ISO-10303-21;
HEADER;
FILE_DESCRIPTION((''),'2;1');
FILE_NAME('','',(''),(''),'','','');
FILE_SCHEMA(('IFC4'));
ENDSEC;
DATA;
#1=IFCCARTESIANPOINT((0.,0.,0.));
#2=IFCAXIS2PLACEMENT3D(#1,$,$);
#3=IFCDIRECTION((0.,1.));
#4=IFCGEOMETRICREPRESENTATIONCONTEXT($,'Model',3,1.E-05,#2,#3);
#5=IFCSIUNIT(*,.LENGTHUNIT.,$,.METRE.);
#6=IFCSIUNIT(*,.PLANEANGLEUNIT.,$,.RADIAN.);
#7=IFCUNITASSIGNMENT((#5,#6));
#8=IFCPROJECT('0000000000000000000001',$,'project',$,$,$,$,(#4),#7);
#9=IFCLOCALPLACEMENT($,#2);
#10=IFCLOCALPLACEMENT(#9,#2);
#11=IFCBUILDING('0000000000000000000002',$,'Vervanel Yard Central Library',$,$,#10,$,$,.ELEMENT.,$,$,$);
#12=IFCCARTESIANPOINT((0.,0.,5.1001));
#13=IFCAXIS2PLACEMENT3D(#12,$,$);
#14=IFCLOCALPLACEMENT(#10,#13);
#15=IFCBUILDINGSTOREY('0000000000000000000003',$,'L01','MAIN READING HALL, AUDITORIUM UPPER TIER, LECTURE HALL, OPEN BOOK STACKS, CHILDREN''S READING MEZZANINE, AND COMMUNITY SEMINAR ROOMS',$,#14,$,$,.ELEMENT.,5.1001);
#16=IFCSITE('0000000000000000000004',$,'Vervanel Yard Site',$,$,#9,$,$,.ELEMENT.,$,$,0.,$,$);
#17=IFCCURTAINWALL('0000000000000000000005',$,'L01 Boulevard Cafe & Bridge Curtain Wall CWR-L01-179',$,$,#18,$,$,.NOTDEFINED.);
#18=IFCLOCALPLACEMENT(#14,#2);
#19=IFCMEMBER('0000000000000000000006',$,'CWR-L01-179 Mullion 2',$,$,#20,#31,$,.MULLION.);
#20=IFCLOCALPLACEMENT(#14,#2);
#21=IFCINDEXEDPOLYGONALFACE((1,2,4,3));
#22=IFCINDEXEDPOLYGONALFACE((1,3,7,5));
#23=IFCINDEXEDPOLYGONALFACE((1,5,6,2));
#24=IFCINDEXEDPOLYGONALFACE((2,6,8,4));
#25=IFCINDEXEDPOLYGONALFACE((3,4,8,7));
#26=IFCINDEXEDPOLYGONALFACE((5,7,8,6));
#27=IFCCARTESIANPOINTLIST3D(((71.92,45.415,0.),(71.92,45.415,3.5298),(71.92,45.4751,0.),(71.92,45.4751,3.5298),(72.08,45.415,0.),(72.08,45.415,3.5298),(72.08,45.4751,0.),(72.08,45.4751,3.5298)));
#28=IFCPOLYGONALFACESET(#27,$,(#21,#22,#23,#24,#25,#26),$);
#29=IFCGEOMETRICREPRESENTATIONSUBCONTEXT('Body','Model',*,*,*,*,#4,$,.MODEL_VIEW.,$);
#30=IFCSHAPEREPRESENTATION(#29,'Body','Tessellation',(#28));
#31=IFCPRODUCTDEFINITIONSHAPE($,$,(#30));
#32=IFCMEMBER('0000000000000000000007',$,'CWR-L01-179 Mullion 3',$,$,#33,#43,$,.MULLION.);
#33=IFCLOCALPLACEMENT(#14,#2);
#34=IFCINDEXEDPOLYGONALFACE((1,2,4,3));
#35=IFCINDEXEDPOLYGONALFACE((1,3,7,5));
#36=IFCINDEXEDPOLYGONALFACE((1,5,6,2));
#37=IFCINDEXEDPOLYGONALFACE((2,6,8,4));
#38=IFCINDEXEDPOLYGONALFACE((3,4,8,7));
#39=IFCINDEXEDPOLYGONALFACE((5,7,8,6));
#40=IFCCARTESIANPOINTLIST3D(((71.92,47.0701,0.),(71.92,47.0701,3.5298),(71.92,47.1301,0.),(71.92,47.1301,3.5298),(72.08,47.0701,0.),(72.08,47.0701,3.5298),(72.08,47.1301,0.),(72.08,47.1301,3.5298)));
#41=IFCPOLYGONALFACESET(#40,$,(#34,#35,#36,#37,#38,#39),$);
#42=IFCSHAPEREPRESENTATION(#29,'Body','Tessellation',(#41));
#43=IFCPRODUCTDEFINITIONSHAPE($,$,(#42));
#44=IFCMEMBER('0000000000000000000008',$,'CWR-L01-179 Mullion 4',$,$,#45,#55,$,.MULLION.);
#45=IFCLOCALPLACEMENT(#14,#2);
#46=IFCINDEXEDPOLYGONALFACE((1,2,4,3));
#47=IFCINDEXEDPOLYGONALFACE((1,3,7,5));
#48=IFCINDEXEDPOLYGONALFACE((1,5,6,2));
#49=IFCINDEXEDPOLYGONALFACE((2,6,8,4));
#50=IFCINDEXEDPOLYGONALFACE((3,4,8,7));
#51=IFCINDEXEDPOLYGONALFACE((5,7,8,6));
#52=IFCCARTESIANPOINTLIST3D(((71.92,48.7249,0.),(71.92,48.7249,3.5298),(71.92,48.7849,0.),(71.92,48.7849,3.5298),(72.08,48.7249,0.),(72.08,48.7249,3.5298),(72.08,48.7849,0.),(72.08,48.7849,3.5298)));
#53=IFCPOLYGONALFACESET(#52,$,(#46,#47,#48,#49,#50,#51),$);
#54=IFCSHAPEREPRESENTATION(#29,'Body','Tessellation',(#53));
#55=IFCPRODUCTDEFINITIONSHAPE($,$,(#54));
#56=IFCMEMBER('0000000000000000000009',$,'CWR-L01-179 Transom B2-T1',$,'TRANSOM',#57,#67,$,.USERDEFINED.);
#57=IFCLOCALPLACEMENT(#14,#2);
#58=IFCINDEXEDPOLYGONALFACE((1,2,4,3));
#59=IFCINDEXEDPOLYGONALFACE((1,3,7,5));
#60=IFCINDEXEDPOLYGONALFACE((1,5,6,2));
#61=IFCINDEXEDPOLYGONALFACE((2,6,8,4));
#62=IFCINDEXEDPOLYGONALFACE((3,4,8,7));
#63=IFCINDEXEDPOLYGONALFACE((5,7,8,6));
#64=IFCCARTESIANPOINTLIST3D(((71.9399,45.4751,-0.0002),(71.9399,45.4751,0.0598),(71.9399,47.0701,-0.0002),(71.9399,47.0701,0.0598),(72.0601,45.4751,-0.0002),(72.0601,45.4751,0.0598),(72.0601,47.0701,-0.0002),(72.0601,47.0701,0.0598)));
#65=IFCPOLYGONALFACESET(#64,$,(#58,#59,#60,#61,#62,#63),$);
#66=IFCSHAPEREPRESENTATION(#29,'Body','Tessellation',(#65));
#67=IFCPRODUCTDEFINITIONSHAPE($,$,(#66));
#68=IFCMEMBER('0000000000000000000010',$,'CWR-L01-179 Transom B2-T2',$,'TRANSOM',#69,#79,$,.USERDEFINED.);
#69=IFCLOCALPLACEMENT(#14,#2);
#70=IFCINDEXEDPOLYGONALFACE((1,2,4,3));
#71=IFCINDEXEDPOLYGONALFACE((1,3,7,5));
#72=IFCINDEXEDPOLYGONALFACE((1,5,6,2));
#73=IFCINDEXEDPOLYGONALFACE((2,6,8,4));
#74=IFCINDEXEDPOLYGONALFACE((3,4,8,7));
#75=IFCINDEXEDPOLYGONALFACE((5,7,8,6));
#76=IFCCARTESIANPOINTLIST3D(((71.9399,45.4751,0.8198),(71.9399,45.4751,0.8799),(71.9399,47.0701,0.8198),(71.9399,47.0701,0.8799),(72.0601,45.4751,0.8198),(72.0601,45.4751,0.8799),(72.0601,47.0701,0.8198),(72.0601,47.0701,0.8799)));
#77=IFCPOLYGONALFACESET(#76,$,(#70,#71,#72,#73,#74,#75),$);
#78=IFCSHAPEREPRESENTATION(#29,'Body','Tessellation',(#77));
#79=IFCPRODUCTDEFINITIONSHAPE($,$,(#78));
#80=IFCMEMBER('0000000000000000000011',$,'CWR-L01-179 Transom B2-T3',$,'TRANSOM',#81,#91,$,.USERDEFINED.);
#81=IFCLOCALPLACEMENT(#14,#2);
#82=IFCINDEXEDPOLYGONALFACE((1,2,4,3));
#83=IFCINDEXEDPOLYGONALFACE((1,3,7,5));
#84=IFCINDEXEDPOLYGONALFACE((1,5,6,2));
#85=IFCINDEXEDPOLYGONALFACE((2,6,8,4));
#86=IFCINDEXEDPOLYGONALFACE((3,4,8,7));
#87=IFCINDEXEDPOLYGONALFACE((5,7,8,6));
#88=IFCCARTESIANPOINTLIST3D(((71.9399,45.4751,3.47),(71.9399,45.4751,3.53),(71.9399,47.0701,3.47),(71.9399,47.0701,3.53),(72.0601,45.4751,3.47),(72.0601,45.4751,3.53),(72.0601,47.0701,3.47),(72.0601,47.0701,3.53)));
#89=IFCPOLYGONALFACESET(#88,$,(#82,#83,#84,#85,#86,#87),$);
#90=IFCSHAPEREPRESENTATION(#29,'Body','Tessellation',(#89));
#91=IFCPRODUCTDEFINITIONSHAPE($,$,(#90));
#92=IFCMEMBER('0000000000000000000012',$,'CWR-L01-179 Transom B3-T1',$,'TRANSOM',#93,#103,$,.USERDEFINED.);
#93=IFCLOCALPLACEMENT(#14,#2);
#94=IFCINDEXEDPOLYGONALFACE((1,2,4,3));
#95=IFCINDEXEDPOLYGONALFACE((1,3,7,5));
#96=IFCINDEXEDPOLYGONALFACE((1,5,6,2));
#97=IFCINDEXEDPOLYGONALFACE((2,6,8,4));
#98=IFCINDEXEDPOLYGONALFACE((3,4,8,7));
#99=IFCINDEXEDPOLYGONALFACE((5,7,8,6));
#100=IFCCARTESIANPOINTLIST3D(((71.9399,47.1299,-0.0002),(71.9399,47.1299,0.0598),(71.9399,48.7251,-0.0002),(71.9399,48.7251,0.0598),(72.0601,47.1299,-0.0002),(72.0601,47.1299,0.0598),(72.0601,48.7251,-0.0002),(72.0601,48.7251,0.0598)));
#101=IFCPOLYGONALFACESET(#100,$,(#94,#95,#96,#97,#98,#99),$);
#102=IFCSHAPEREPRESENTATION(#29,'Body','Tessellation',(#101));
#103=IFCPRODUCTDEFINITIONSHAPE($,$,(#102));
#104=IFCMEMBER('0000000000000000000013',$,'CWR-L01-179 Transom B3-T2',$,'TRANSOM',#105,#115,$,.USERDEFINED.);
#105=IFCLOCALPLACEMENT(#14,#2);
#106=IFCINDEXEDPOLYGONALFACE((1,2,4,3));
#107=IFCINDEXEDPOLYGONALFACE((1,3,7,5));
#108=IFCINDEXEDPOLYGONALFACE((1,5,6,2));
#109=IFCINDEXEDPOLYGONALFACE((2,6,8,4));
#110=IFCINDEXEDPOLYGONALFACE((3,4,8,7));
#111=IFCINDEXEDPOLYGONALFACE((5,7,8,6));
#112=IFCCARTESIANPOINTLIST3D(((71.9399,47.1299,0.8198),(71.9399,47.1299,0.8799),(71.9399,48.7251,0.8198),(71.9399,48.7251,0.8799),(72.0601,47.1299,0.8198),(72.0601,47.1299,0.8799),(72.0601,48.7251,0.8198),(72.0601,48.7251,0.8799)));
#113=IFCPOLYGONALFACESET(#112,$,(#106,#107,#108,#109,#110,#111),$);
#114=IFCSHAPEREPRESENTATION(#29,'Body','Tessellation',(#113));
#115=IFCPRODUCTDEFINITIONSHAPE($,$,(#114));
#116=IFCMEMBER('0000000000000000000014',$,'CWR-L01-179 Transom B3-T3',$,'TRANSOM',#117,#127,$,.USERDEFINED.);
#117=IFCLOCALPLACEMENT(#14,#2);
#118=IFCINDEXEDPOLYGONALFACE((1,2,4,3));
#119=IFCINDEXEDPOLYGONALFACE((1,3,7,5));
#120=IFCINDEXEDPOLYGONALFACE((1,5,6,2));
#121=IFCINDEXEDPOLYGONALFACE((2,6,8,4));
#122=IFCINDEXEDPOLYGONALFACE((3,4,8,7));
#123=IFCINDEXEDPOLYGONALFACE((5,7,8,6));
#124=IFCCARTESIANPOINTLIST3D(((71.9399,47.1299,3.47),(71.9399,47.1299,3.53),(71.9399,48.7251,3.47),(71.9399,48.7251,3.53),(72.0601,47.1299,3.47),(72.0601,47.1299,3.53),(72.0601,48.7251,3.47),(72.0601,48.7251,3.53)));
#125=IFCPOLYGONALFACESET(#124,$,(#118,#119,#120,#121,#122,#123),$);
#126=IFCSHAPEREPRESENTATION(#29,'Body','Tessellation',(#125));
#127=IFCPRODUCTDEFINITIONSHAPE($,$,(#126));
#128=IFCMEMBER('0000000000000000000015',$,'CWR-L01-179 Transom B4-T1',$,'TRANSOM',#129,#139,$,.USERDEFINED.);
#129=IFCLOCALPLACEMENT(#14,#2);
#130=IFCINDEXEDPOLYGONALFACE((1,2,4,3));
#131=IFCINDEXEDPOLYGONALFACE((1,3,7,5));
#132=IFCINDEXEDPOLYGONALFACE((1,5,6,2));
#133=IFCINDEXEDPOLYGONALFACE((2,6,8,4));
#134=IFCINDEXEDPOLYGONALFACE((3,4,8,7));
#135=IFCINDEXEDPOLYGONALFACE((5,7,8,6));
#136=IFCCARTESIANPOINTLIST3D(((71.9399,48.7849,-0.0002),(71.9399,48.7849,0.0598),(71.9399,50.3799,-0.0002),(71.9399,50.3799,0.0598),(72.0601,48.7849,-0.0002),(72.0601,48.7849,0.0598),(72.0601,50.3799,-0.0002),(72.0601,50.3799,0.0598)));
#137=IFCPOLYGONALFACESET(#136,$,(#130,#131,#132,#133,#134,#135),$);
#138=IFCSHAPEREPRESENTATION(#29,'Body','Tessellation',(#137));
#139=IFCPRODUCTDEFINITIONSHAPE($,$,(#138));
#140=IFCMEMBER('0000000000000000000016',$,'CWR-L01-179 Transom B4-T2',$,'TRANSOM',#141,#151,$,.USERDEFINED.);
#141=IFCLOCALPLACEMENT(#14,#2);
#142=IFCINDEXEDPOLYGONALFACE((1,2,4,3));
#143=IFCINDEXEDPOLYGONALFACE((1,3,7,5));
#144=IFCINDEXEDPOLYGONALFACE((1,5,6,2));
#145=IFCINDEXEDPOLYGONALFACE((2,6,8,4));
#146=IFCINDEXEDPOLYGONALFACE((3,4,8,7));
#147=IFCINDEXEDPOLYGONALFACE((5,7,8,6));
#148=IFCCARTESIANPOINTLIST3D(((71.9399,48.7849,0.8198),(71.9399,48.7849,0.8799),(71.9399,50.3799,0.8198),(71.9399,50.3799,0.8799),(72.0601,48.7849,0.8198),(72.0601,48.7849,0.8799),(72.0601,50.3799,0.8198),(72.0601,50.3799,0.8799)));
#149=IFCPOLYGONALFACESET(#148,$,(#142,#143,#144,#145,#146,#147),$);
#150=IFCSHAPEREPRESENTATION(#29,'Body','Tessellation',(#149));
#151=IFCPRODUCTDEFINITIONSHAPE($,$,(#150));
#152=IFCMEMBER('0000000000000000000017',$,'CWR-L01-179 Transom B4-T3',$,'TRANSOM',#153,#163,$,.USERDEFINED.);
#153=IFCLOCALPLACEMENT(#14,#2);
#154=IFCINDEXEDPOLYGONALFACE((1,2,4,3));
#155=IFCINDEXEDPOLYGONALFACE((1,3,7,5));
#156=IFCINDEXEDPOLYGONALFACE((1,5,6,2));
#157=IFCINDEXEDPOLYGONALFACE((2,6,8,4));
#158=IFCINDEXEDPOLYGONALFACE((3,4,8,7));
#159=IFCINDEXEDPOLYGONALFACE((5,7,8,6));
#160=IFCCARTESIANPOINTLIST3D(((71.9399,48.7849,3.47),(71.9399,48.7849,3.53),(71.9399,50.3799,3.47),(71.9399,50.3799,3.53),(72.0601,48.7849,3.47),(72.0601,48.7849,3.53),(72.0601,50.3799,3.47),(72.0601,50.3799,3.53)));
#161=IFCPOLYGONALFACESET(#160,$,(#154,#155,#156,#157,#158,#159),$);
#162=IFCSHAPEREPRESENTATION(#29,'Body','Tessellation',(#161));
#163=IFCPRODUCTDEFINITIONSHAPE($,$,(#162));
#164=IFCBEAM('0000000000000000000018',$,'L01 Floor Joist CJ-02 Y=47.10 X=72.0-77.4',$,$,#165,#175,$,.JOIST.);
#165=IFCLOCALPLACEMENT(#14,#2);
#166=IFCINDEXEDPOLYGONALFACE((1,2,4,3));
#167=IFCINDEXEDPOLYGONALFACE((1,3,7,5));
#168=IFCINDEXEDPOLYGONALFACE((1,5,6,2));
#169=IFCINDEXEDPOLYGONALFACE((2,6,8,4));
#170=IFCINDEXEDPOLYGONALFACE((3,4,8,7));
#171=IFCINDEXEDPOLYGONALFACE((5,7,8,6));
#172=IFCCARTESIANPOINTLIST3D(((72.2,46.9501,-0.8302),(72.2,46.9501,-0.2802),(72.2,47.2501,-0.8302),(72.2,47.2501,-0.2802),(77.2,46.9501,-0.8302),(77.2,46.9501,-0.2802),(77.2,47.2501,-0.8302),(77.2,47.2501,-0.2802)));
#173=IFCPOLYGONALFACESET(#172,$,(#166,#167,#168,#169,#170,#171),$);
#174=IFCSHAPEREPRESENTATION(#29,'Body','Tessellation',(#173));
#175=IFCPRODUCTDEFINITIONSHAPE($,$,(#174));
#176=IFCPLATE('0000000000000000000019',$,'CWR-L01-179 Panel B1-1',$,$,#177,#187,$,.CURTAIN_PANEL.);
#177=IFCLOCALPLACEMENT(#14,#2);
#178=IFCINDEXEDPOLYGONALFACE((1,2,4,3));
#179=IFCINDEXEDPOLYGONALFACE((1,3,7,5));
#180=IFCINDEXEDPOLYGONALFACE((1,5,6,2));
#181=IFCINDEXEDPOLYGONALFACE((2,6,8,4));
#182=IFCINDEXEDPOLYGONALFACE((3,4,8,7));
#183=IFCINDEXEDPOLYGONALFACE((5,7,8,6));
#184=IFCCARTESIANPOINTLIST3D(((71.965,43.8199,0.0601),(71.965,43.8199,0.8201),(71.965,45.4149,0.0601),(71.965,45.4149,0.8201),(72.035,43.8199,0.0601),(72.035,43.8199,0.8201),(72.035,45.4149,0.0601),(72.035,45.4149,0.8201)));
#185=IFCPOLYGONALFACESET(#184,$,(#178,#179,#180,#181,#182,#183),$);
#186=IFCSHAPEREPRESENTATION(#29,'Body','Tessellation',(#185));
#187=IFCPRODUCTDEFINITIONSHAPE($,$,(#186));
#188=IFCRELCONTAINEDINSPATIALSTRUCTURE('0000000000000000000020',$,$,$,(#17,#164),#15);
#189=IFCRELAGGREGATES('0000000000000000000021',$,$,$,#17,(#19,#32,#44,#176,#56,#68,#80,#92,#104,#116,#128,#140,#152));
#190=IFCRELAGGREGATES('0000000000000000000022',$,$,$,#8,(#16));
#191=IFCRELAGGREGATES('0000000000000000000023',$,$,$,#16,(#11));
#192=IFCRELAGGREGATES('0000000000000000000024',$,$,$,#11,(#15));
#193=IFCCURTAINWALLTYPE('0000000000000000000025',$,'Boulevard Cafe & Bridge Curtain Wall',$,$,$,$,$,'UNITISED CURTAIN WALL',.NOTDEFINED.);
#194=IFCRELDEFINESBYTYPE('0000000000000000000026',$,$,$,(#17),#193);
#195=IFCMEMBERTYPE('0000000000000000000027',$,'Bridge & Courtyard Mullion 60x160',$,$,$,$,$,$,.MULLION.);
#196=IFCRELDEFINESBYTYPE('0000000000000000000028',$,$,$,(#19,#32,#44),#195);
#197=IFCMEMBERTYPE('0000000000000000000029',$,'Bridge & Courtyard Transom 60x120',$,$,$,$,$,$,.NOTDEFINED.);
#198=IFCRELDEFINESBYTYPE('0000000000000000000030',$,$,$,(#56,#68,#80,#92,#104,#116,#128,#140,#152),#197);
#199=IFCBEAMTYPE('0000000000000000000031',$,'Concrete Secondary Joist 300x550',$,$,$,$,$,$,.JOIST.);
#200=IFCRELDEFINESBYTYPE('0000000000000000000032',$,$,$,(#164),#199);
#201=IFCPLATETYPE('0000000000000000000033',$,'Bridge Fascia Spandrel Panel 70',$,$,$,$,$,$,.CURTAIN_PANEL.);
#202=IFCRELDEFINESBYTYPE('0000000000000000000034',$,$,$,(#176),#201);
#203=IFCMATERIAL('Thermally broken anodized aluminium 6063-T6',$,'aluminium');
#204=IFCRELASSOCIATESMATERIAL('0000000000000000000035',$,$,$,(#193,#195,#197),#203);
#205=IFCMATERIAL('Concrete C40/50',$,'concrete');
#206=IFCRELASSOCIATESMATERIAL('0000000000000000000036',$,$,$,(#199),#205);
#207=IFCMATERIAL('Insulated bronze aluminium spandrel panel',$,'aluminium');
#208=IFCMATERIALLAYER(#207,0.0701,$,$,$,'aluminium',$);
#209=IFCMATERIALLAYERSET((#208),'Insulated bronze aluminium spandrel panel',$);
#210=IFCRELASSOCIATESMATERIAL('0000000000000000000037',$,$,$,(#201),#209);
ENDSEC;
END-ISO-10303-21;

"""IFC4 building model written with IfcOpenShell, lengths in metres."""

from ifc_helpers import new_model, si_unit, direction, frame, origin, origin_2d, place, context, subcontext, project, spatial, rectangle, extrude, material, layer, layer_set, material_profile, profile_set, type_object, element, aggregate, save


model = new_model("IFC4")

# Units and contexts
model_context = context("Model", 3, precision=1e-05, world=origin(), true_north=direction((0.0, 1.0)))
body_context = subcontext(model_context, "Body", "Model", "MODEL_VIEW")
ifc_project = project(units=[si_unit("LENGTHUNIT", "METRE"), si_unit("PLANEANGLEUNIT", "RADIAN")], contexts=[model_context])

# Site, building, storey
site_placement = place(None, origin())
site = spatial("IfcSite", under=ifc_project, at=site_placement, Name="Vervanel Yard Site", CompositionType="ELEMENT", RefElevation=0.0)
building_placement = place(site_placement, origin())
building = spatial("IfcBuilding", under=site, at=building_placement, Name="Vervanel Yard Central Library", CompositionType="ELEMENT")
storey_placement = place(building_placement, frame((0.0, 0.0, 5.1001)))
storey = spatial("IfcBuildingStorey", under=building, at=storey_placement, Name="L01", Description="MAIN READING HALL, AUDITORIUM UPPER TIER, LECTURE HALL, OPEN BOOK STACKS, CHILDREN'S READING MEZZANINE, AND COMMUNITY SEMINAR ROOMS", CompositionType="ELEMENT", Elevation=5.1001)

# Curtain wall, members
ifc_material_1 = material(Name="Thermally broken anodized aluminium 6063-T6", Category="aluminium")
curtain_wall_type = type_object("IfcCurtainWallType", Name="Boulevard Cafe & Bridge Curtain Wall", ElementType="UNITISED CURTAIN WALL", PredefinedType="NOTDEFINED", material=ifc_material_1)
curtain_wall_placement = place(storey_placement, origin())
curtain_wall = element("IfcCurtainWall", 1, at=curtain_wall_placement, inside=storey, type_object=curtain_wall_type, Name="L01 Boulevard Cafe & Bridge Curtain Wall CWR-L01-179", PredefinedType="NOTDEFINED")
ifc_material_profile_1 = material_profile(ifc_material_1, rectangle(XDim=0.0601, YDim=0.1599, at=origin_2d()), Name="ALU 60x160", Category="aluminium")
ifc_profile_set_1 = profile_set([ifc_material_profile_1], Name="Thermally broken anodized aluminium 6063-T6")
member_type_1 = type_object("IfcMemberType", Name="Bridge & Courtyard Mullion 60x160", PredefinedType="MULLION", material=ifc_profile_set_1)
member_1_placement = place(storey_placement, frame((72.0, 45.4451, 0.0), z_axis=(0.0, 0.0, 1.0), x_axis=(0.0, 1.0, 0.0)))
member_1 = element("IfcMember", 2, at=member_1_placement, type_object=member_type_1, Name="CWR-L01-179 Mullion 2", PredefinedType="MULLION", context=body_context, shape_type="SweptSolid", body=[
    extrude(rectangle(XDim=0.0601, YDim=0.1599, at=origin_2d()), origin(), (0.0, 0.0, 1.0), 3.5298),
])
member_2_placement = place(storey_placement, frame((72.0, 47.1001, 0.0), z_axis=(0.0, 0.0, 1.0), x_axis=(0.0, 1.0, 0.0)))
member_2 = element("IfcMember", 3, at=member_2_placement, type_object=member_type_1, Name="CWR-L01-179 Mullion 3", PredefinedType="MULLION", context=body_context, shape_type="SweptSolid", body=[
    extrude(rectangle(XDim=0.0601, YDim=0.1599, at=origin_2d()), origin(), (0.0, 0.0, 1.0), 3.5298),
])
member_3_placement = place(storey_placement, frame((72.0, 48.7549, 0.0), z_axis=(0.0, 0.0, 1.0), x_axis=(0.0, 1.0, 0.0)))
member_3 = element("IfcMember", 4, at=member_3_placement, type_object=member_type_1, Name="CWR-L01-179 Mullion 4", PredefinedType="MULLION", context=body_context, shape_type="SweptSolid", body=[
    extrude(rectangle(XDim=0.0601, YDim=0.1599, at=origin_2d()), origin(), (0.0, 0.0, 1.0), 3.5298),
])
ifc_material_profile_2 = material_profile(ifc_material_1, rectangle(XDim=0.0601, YDim=0.1201, at=origin_2d()), Name="ALU 60x120", Category="aluminium")
ifc_profile_set_2 = profile_set([ifc_material_profile_2], Name="Thermally broken anodized aluminium 6063-T6")
member_type_2 = type_object("IfcMemberType", Name="Bridge & Courtyard Transom 60x120", PredefinedType="NOTDEFINED", material=ifc_profile_set_2)
member_4_placement = place(storey_placement, frame((72.0, 45.4751, 0.0298), z_axis=(0.0, 1.0, 0.0), x_axis=(0.0, 0.0, 1.0)))
member_4 = element("IfcMember", 5, at=member_4_placement, type_object=member_type_2, Name="CWR-L01-179 Transom B2-T1", ObjectType="TRANSOM", PredefinedType="USERDEFINED", context=body_context, shape_type="SweptSolid", body=[
    extrude(rectangle(XDim=0.0601, YDim=0.1201, at=origin_2d()), origin(), (0.0, 0.0, 1.0), 1.595),
])
member_5_placement = place(storey_placement, frame((72.0, 45.4751, 0.8499), z_axis=(0.0, 1.0, 0.0), x_axis=(0.0, 0.0, 1.0)))
member_5 = element("IfcMember", 6, at=member_5_placement, type_object=member_type_2, Name="CWR-L01-179 Transom B2-T2", ObjectType="TRANSOM", PredefinedType="USERDEFINED", context=body_context, shape_type="SweptSolid", body=[
    extrude(rectangle(XDim=0.0601, YDim=0.1201, at=origin_2d()), origin(), (0.0, 0.0, 1.0), 1.595),
])
member_6_placement = place(storey_placement, frame((72.0, 45.4751, 3.5), z_axis=(0.0, 1.0, 0.0), x_axis=(0.0, 0.0, 1.0)))
member_6 = element("IfcMember", 7, at=member_6_placement, type_object=member_type_2, Name="CWR-L01-179 Transom B2-T3", ObjectType="TRANSOM", PredefinedType="USERDEFINED", context=body_context, shape_type="SweptSolid", body=[
    extrude(rectangle(XDim=0.0601, YDim=0.1201, at=origin_2d()), origin(), (0.0, 0.0, 1.0), 1.595),
])
member_7_placement = place(storey_placement, frame((72.0, 47.1299, 0.0298), z_axis=(0.0, 1.0, 0.0), x_axis=(0.0, 0.0, 1.0)))
member_7 = element("IfcMember", 8, at=member_7_placement, type_object=member_type_2, Name="CWR-L01-179 Transom B3-T1", ObjectType="TRANSOM", PredefinedType="USERDEFINED", context=body_context, shape_type="SweptSolid", body=[
    extrude(rectangle(XDim=0.0601, YDim=0.1201, at=origin_2d()), origin(), (0.0, 0.0, 1.0), 1.5952),
])
member_8_placement = place(storey_placement, frame((72.0, 47.1299, 0.8499), z_axis=(0.0, 1.0, 0.0), x_axis=(0.0, 0.0, 1.0)))
member_8 = element("IfcMember", 9, at=member_8_placement, type_object=member_type_2, Name="CWR-L01-179 Transom B3-T2", ObjectType="TRANSOM", PredefinedType="USERDEFINED", context=body_context, shape_type="SweptSolid", body=[
    extrude(rectangle(XDim=0.0601, YDim=0.1201, at=origin_2d()), origin(), (0.0, 0.0, 1.0), 1.5952),
])
member_9_placement = place(storey_placement, frame((72.0, 47.1299, 3.5), z_axis=(0.0, 1.0, 0.0), x_axis=(0.0, 0.0, 1.0)))
member_9 = element("IfcMember", 10, at=member_9_placement, type_object=member_type_2, Name="CWR-L01-179 Transom B3-T3", ObjectType="TRANSOM", PredefinedType="USERDEFINED", context=body_context, shape_type="SweptSolid", body=[
    extrude(rectangle(XDim=0.0601, YDim=0.1201, at=origin_2d()), origin(), (0.0, 0.0, 1.0), 1.5952),
])
member_10_placement = place(storey_placement, frame((72.0, 48.7849, 0.0298), z_axis=(0.0, 1.0, 0.0), x_axis=(0.0, 0.0, 1.0)))
member_10 = element("IfcMember", 11, at=member_10_placement, type_object=member_type_2, Name="CWR-L01-179 Transom B4-T1", ObjectType="TRANSOM", PredefinedType="USERDEFINED", context=body_context, shape_type="SweptSolid", body=[
    extrude(rectangle(XDim=0.0601, YDim=0.1201, at=origin_2d()), origin(), (0.0, 0.0, 1.0), 1.595),
])
member_11_placement = place(storey_placement, frame((72.0, 48.7849, 0.8499), z_axis=(0.0, 1.0, 0.0), x_axis=(0.0, 0.0, 1.0)))
member_11 = element("IfcMember", 12, at=member_11_placement, type_object=member_type_2, Name="CWR-L01-179 Transom B4-T2", ObjectType="TRANSOM", PredefinedType="USERDEFINED", context=body_context, shape_type="SweptSolid", body=[
    extrude(rectangle(XDim=0.0601, YDim=0.1201, at=origin_2d()), origin(), (0.0, 0.0, 1.0), 1.595),
])
member_12_placement = place(storey_placement, frame((72.0, 48.7849, 3.5), z_axis=(0.0, 1.0, 0.0), x_axis=(0.0, 0.0, 1.0)))
member_12 = element("IfcMember", 13, at=member_12_placement, type_object=member_type_2, Name="CWR-L01-179 Transom B4-T3", ObjectType="TRANSOM", PredefinedType="USERDEFINED", context=body_context, shape_type="SweptSolid", body=[
    extrude(rectangle(XDim=0.0601, YDim=0.1201, at=origin_2d()), origin(), (0.0, 0.0, 1.0), 1.595),
])

# Beam
ifc_material_2 = material(Name="Concrete C40/50", Category="concrete")
ifc_material_profile_3 = material_profile(ifc_material_2, rectangle(XDim=0.3, YDim=0.55, at=origin_2d()), Name="RC 300x550", Category="concrete")
ifc_profile_set_3 = profile_set([ifc_material_profile_3], Name="Concrete C40/50")
beam_type = type_object("IfcBeamType", Name="Concrete Secondary Joist 300x550", PredefinedType="JOIST", material=ifc_profile_set_3)
beam_placement = place(storey_placement, frame((72.2, 47.1001, -0.5552), z_axis=(1.0, 0.0, 0.0), x_axis=(0.0, 1.0, 0.0)))
element("IfcBeam", 14, at=beam_placement, inside=storey, type_object=beam_type, Name="L01 Floor Joist CJ-02 Y=47.10 X=72.0-77.4", PredefinedType="JOIST", context=body_context, shape_type="SweptSolid", body=[
    extrude(rectangle(XDim=0.3, YDim=0.55, at=origin_2d()), origin(), (0.0, 0.0, 1.0), 5.0),
])

# Plate
ifc_material_3 = material(Name="Insulated bronze aluminium spandrel panel", Category="aluminium")
ifc_layer_1 = layer(ifc_material_3, 0.0701, Category="aluminium")
ifc_layer_set_1 = layer_set([ifc_layer_1], Name="Insulated bronze aluminium spandrel panel")
plate_type_1 = type_object("IfcPlateType", Name="Bridge Fascia Spandrel Panel 70", PredefinedType="CURTAIN_PANEL", material=ifc_layer_set_1)
plate_1_placement = place(storey_placement, frame((72.0, 44.6174, 0.0601), z_axis=(0.0, 0.0, 1.0), x_axis=(0.0, 1.0, 0.0)))
plate_1 = element("IfcPlate", 15, at=plate_1_placement, type_object=plate_type_1, Name="CWR-L01-179 Panel B1-1", PredefinedType="CURTAIN_PANEL", context=body_context, shape_type="SweptSolid", body=[
    extrude(rectangle(XDim=1.595, YDim=0.0701, at=origin_2d()), origin(), (0.0, 0.0, 1.0), 0.76),
])
aggregate(curtain_wall, [member_1, member_2, member_3, plate_1, member_4, member_5, member_6, member_7, member_8, member_9, member_10, member_11, member_12])

save(model, "model.ifc")
